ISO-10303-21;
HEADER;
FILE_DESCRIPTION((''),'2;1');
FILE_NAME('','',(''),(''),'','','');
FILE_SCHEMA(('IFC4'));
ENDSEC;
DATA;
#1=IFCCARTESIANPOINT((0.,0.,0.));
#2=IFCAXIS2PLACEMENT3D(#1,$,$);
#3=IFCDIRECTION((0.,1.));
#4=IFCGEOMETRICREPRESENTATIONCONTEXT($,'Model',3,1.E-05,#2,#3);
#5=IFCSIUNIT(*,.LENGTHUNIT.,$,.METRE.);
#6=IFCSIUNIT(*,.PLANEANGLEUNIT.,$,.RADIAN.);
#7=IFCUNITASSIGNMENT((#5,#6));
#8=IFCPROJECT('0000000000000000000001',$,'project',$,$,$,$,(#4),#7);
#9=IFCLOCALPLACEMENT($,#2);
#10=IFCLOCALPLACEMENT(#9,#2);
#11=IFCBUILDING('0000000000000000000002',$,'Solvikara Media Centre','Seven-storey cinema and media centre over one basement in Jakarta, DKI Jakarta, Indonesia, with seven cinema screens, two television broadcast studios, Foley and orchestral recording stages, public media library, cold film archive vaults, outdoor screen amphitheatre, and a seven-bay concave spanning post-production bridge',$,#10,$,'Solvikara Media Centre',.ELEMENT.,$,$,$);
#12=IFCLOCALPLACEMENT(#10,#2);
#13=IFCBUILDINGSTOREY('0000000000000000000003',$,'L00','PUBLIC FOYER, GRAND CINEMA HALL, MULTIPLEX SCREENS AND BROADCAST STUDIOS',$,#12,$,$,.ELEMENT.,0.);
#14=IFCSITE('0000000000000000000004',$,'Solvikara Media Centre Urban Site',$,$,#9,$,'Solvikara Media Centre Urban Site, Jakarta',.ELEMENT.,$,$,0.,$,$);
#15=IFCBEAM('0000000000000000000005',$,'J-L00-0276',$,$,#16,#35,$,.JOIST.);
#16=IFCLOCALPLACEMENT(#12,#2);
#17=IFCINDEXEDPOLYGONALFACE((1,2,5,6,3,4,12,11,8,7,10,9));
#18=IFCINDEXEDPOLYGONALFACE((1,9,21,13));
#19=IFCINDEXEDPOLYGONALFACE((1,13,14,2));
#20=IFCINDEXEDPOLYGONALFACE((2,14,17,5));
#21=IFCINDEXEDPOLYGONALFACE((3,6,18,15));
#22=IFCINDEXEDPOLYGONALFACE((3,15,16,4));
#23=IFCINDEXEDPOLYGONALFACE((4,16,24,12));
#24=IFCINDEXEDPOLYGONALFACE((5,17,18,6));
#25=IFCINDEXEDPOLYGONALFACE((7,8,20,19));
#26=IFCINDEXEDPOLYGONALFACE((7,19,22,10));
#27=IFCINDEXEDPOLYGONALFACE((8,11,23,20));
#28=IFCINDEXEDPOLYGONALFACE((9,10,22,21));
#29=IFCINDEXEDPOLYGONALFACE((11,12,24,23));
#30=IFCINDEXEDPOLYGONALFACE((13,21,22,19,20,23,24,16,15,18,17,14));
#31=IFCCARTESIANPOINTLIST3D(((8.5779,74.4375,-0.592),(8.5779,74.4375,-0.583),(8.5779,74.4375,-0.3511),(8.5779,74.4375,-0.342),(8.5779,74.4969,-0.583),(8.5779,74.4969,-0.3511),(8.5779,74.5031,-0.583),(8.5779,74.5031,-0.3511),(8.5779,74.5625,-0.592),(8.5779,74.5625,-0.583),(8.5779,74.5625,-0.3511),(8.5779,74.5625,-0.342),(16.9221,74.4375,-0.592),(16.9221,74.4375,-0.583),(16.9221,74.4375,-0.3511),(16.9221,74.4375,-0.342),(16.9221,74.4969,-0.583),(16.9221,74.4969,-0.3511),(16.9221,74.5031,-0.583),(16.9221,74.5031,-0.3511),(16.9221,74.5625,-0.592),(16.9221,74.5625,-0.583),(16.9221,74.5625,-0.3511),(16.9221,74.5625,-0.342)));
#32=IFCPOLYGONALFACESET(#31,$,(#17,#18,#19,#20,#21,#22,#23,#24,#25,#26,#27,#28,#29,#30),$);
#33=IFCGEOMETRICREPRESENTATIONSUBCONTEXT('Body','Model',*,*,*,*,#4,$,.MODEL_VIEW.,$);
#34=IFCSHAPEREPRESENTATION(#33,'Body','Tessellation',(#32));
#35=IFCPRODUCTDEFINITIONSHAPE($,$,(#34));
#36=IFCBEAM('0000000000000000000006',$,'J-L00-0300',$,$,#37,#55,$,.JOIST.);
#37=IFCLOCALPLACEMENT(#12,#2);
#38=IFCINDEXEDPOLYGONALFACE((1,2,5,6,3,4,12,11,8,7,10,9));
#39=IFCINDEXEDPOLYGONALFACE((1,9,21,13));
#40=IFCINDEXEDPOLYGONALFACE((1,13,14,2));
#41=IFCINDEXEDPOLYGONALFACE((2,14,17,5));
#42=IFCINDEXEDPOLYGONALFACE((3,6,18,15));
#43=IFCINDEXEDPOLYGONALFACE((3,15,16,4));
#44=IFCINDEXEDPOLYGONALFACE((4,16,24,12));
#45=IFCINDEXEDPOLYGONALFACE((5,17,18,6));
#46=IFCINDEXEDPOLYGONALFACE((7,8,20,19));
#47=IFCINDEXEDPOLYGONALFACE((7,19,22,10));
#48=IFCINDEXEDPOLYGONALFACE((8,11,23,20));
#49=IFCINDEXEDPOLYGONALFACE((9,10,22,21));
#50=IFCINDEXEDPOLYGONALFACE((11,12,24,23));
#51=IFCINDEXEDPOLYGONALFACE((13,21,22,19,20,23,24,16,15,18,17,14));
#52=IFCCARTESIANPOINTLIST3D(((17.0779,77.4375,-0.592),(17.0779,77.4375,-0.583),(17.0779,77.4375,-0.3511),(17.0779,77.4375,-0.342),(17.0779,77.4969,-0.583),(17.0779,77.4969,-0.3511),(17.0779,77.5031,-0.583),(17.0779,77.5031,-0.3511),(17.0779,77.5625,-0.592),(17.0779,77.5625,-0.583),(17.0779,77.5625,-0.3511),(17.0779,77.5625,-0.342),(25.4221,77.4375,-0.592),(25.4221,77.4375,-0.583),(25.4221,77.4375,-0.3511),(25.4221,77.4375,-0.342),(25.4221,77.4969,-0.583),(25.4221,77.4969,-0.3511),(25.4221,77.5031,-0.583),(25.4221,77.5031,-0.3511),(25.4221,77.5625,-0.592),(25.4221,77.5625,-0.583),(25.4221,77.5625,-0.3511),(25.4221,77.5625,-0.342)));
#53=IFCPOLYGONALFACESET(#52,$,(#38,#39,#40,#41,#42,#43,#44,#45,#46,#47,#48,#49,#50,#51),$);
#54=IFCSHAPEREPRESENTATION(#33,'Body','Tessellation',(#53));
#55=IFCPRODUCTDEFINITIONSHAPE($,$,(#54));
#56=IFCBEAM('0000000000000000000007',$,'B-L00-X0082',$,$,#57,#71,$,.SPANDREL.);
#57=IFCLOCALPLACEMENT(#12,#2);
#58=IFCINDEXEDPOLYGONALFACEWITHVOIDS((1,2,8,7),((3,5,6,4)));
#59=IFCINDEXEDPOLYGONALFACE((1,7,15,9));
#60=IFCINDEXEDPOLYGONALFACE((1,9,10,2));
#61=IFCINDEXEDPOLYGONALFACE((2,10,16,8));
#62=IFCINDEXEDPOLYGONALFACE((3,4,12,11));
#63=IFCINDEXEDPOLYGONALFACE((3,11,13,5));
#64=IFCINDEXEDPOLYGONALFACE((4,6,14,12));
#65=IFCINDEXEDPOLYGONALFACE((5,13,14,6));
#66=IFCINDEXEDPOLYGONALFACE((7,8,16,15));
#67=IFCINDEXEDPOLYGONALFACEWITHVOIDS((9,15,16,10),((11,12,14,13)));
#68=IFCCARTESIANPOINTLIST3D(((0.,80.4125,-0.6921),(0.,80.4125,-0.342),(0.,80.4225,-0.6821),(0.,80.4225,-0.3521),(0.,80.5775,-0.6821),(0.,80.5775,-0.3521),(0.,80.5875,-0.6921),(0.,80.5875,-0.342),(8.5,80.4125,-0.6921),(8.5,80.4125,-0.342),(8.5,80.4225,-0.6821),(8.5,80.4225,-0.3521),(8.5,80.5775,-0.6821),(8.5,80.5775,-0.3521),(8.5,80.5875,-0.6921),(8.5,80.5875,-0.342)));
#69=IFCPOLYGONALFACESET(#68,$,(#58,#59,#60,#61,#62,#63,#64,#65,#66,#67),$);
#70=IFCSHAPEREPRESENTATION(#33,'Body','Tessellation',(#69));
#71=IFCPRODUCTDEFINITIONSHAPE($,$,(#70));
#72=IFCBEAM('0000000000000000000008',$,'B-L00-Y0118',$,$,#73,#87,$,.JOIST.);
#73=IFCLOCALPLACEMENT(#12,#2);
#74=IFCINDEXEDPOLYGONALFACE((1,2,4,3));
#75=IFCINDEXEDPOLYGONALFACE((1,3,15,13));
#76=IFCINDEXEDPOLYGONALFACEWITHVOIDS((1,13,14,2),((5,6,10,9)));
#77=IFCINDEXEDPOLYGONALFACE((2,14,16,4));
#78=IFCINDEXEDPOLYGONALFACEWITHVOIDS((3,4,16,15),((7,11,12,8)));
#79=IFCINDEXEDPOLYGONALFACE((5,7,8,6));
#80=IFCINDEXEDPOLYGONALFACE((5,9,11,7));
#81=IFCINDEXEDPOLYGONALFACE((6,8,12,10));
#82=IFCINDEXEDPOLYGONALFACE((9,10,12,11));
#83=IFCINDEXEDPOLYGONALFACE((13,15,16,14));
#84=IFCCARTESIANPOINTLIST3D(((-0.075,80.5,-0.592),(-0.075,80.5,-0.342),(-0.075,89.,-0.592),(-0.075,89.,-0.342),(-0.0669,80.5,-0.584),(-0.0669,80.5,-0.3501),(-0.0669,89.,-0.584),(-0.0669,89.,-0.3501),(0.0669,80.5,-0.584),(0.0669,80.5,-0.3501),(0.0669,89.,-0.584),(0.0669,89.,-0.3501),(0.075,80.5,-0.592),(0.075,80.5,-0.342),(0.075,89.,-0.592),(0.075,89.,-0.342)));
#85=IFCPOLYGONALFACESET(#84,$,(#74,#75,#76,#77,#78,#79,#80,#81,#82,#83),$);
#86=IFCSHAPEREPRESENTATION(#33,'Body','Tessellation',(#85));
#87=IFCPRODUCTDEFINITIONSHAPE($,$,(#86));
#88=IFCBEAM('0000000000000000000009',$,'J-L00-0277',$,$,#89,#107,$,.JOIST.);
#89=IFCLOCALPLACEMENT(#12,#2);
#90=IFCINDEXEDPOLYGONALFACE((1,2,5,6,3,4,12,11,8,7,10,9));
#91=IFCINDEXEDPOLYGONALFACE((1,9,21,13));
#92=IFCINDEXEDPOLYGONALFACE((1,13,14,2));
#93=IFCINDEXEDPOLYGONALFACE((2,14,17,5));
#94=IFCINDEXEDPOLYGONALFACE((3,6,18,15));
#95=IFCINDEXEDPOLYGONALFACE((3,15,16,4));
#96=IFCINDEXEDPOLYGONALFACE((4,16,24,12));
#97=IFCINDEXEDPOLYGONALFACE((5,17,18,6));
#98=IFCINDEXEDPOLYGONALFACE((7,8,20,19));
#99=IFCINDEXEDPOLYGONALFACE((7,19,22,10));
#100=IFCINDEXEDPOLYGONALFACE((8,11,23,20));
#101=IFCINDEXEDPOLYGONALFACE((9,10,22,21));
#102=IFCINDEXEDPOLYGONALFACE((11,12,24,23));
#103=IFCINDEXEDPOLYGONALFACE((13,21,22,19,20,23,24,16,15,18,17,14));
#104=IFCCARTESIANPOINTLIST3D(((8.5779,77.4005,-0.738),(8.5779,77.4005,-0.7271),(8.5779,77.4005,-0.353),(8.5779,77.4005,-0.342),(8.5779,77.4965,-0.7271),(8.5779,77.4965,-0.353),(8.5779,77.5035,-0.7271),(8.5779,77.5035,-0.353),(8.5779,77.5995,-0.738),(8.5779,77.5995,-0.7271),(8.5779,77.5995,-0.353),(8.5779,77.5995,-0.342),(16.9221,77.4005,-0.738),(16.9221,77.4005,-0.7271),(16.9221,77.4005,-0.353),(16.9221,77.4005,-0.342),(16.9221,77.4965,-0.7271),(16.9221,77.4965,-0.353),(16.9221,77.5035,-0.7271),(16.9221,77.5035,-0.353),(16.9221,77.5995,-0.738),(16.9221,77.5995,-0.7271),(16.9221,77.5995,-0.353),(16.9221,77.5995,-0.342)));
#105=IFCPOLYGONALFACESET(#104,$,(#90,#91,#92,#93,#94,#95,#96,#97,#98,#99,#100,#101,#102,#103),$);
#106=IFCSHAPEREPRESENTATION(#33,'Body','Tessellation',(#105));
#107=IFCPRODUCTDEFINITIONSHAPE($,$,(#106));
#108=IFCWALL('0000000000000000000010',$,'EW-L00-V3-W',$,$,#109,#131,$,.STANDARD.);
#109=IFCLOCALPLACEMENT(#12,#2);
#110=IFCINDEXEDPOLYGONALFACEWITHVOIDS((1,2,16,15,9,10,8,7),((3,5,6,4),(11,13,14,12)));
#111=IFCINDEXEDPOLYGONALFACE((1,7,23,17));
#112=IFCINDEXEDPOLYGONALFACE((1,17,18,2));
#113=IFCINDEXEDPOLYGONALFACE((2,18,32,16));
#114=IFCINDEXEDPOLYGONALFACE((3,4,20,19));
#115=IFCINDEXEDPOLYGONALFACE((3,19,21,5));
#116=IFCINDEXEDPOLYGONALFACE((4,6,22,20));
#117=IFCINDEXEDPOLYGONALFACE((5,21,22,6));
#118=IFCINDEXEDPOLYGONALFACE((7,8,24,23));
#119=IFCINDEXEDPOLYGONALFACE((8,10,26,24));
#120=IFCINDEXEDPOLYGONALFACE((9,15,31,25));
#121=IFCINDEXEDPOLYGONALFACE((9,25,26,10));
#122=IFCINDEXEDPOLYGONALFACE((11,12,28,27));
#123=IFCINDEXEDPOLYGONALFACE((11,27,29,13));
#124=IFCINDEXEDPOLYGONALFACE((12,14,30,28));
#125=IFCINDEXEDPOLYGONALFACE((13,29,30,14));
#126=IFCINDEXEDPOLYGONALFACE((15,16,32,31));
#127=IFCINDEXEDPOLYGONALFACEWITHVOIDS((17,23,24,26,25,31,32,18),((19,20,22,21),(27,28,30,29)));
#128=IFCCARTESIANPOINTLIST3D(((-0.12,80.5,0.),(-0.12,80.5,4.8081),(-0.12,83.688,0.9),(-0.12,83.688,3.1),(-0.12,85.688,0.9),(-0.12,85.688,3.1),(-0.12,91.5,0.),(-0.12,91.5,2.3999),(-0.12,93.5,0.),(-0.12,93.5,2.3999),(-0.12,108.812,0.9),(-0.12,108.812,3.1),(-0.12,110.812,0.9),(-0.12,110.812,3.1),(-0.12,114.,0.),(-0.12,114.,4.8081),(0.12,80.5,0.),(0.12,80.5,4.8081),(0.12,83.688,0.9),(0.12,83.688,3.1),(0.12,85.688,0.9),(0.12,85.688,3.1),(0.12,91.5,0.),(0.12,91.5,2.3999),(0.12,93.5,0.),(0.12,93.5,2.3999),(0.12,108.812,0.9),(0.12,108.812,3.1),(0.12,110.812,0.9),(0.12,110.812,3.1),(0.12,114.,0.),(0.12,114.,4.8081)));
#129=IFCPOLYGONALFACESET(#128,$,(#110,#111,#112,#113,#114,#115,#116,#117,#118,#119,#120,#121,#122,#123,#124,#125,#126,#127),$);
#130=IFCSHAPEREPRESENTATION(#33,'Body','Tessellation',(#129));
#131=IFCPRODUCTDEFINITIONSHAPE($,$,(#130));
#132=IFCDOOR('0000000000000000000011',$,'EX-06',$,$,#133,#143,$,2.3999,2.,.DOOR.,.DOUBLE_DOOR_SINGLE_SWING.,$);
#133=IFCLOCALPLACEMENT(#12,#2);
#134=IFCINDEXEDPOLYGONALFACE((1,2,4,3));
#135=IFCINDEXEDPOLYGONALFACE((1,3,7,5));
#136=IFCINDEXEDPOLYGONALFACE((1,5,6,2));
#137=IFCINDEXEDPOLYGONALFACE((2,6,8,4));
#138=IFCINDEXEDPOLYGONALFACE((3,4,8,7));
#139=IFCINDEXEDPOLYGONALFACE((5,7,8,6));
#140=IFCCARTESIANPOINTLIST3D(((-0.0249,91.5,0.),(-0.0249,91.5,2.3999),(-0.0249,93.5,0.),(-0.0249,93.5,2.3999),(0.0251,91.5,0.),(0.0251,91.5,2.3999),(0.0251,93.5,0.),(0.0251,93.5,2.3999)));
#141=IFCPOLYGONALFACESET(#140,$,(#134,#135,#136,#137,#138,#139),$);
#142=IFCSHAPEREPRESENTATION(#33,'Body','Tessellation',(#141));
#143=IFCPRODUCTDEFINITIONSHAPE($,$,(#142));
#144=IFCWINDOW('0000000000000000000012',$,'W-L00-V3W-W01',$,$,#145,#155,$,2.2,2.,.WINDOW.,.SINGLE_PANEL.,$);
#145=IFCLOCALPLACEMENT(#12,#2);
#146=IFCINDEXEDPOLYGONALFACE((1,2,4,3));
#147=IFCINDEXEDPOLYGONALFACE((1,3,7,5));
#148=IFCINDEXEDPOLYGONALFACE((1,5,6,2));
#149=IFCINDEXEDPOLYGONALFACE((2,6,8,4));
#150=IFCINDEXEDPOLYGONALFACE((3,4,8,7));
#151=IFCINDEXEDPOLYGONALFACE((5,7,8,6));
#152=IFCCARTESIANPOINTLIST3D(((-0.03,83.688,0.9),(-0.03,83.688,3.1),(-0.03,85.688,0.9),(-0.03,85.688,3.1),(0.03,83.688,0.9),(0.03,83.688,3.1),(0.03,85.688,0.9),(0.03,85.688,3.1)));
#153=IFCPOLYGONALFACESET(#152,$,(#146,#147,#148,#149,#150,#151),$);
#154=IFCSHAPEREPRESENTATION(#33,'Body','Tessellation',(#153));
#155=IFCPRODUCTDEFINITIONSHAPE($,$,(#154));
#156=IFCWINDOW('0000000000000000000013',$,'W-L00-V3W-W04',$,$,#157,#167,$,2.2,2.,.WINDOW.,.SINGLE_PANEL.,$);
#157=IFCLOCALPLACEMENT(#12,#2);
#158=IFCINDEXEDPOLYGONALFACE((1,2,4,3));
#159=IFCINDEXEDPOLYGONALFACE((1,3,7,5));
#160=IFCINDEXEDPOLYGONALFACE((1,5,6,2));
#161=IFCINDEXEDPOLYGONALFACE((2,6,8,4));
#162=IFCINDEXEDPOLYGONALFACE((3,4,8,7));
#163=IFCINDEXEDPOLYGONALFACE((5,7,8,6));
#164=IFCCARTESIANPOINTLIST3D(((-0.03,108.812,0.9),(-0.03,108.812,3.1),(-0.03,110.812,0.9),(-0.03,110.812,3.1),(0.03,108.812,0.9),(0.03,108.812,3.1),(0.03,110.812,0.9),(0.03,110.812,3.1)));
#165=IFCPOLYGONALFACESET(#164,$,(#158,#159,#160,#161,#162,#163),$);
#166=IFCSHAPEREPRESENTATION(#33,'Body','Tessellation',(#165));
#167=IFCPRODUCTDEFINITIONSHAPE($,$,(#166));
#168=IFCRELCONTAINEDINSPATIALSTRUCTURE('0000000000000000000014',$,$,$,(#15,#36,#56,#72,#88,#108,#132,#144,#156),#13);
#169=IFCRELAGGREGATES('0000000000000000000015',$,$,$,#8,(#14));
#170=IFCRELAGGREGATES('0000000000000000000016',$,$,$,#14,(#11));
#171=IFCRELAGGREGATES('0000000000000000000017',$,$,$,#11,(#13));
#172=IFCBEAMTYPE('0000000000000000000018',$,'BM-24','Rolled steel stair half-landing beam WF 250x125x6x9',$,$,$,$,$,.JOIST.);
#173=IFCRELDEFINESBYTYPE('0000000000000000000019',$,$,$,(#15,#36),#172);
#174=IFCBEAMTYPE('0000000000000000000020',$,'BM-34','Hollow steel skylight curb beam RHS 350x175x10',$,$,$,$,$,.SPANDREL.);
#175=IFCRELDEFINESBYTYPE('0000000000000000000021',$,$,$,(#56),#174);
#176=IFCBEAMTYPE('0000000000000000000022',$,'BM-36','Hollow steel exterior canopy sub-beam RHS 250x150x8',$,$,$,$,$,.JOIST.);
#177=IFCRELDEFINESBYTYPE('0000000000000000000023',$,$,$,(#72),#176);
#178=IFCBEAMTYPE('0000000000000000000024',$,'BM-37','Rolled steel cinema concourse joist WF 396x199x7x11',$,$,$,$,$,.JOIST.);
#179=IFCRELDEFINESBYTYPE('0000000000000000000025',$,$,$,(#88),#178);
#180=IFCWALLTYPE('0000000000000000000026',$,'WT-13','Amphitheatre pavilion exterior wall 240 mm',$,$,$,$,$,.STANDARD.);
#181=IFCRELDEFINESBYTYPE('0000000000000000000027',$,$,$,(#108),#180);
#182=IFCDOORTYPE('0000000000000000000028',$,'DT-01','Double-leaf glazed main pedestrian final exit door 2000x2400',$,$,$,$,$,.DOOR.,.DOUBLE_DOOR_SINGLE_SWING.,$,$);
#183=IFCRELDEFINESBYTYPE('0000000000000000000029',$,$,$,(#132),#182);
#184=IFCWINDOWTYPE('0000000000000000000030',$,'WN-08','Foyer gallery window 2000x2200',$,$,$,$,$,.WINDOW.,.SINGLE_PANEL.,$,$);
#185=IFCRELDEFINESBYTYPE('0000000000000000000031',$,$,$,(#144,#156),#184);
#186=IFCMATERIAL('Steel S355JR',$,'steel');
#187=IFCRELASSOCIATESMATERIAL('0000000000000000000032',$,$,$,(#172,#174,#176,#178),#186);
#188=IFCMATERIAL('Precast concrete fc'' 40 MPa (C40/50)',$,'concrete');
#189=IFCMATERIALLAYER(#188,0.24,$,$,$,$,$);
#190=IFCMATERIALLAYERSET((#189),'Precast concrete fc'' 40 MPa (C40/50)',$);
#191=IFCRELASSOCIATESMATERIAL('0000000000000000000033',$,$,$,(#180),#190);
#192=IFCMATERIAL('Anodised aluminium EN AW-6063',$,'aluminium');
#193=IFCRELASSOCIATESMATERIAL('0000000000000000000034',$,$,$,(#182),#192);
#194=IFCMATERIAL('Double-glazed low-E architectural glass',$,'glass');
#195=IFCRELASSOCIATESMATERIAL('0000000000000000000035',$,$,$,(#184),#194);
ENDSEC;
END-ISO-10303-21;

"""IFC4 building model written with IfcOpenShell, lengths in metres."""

from ifc_helpers import new_model, si_unit, direction, frame, frame_2d, origin, origin_2d, place, context, subcontext, project, spatial, rectangle, hollow_rectangle, i_section, extrude, material, layer, layer_set, material_profile, profile_set, type_object, element, fill, save


model = new_model("IFC4")

# Units and contexts
model_context = context("Model", 3, precision=1e-05, world=origin(), true_north=direction((0.0, 1.0)))
body_context = subcontext(model_context, "Body", "Model", "MODEL_VIEW")
ifc_project = project(units=[si_unit("LENGTHUNIT", "METRE"), si_unit("PLANEANGLEUNIT", "RADIAN")], contexts=[model_context])

# Site, building, storey
site_placement = place(None, origin())
site = spatial("IfcSite", under=ifc_project, at=site_placement, Name="Solvikara Media Centre Urban Site", LongName="Solvikara Media Centre Urban Site, Jakarta", CompositionType="ELEMENT", RefElevation=0.0)
building_placement = place(site_placement, origin())
building = spatial("IfcBuilding", under=site, at=building_placement, Name="Solvikara Media Centre", Description="Seven-storey cinema and media centre over one basement in Jakarta, DKI Jakarta, Indonesia, with seven cinema screens, two television broadcast studios, Foley and orchestral recording stages, public media library, cold film archive vaults, outdoor screen amphitheatre, and a seven-bay concave spanning post-production bridge", LongName="Solvikara Media Centre", CompositionType="ELEMENT")
storey_placement = place(building_placement, origin())
storey = spatial("IfcBuildingStorey", under=building, at=storey_placement, Name="L00", Description="PUBLIC FOYER, GRAND CINEMA HALL, MULTIPLEX SCREENS AND BROADCAST STUDIOS", CompositionType="ELEMENT", Elevation=0.0)

# Beams
ifc_material_1 = material(Name="Steel S355JR", Category="steel")
ifc_material_profile_1 = material_profile(ifc_material_1, i_section(OverallWidth=0.125, OverallDepth=0.25, WebThickness=0.0061, FlangeThickness=0.009, at=origin_2d()), Name="WF 250x125x6x9")
ifc_profile_set_1 = profile_set([ifc_material_profile_1], Name="Steel S355JR")
beam_type_1 = type_object("IfcBeamType", Name="BM-24", Description="Rolled steel stair half-landing beam WF 250x125x6x9", PredefinedType="JOIST", material=ifc_profile_set_1)
for number, where, z_axis, x_axis, name in (
    (1, (8.5779, 74.5, -0.467), (1.0, 0.0, 0.0), (0.0, 1.0, 0.0), "J-L00-0276"),
    (2, (17.0779, 77.5, -0.467), (1.0, 0.0, 0.0), (0.0, 1.0, 0.0), "J-L00-0300"),
):
    element("IfcBeam", number, at=place(storey_placement, frame(where, z_axis=z_axis, x_axis=x_axis)), inside=storey, type_object=beam_type_1, Name=name, PredefinedType="JOIST", context=body_context, shape_type="SweptSolid", body=[
        extrude(i_section(OverallWidth=0.125, OverallDepth=0.25, WebThickness=0.0061, FlangeThickness=0.009, at=origin_2d()), origin(), (0.0, 0.0, 1.0), 8.3442),
    ])
ifc_material_profile_2 = material_profile(ifc_material_1, hollow_rectangle(XDim=0.175, YDim=0.3501, WallThickness=0.01, at=origin_2d()), Name="RHS 350x175x10")
ifc_profile_set_2 = profile_set([ifc_material_profile_2], Name="Steel S355JR")
beam_type_2 = type_object("IfcBeamType", Name="BM-34", Description="Hollow steel skylight curb beam RHS 350x175x10", PredefinedType="SPANDREL", material=ifc_profile_set_2)
beam_1_placement = place(storey_placement, frame((0.0, 80.5, -0.5171), z_axis=(1.0, 0.0, 0.0), x_axis=(0.0, 1.0, 0.0)))
element("IfcBeam", 3, at=beam_1_placement, inside=storey, type_object=beam_type_2, Name="B-L00-X0082", PredefinedType="SPANDREL", context=body_context, shape_type="SweptSolid", body=[
    extrude(hollow_rectangle(XDim=0.175, YDim=0.3501, WallThickness=0.01, at=origin_2d()), origin(), (0.0, 0.0, 1.0), 8.5),
])
ifc_material_profile_3 = material_profile(ifc_material_1, hollow_rectangle(XDim=0.1499, YDim=0.25, WallThickness=0.0081, at=origin_2d()), Name="RHS 250x150x8")
ifc_profile_set_3 = profile_set([ifc_material_profile_3], Name="Steel S355JR")
beam_type_3 = type_object("IfcBeamType", Name="BM-36", Description="Hollow steel exterior canopy sub-beam RHS 250x150x8", PredefinedType="JOIST", material=ifc_profile_set_3)
beam_2_placement = place(storey_placement, frame((0.0, 80.5, -0.467), z_axis=(0.0, 1.0, 0.0), x_axis=(-1.0, 0.0, 0.0)))
element("IfcBeam", 4, at=beam_2_placement, inside=storey, type_object=beam_type_3, Name="B-L00-Y0118", PredefinedType="JOIST", context=body_context, shape_type="SweptSolid", body=[
    extrude(hollow_rectangle(XDim=0.1499, YDim=0.25, WallThickness=0.0081, at=origin_2d()), origin(), (0.0, 0.0, 1.0), 8.5),
])
ifc_material_profile_4 = material_profile(ifc_material_1, i_section(OverallWidth=0.199, OverallDepth=0.396, WebThickness=0.0071, FlangeThickness=0.011, at=origin_2d()), Name="WF 396x199x7x11")
ifc_profile_set_4 = profile_set([ifc_material_profile_4], Name="Steel S355JR")
beam_type_4 = type_object("IfcBeamType", Name="BM-37", Description="Rolled steel cinema concourse joist WF 396x199x7x11", PredefinedType="JOIST", material=ifc_profile_set_4)
beam_3_placement = place(storey_placement, frame((8.5779, 77.5, -0.54), z_axis=(1.0, 0.0, 0.0), x_axis=(0.0, 1.0, 0.0)))
element("IfcBeam", 5, at=beam_3_placement, inside=storey, type_object=beam_type_4, Name="J-L00-0277", PredefinedType="JOIST", context=body_context, shape_type="SweptSolid", body=[
    extrude(i_section(OverallWidth=0.199, OverallDepth=0.396, WebThickness=0.0071, FlangeThickness=0.011, at=origin_2d()), origin(), (0.0, 0.0, 1.0), 8.3442),
])

# Wall, openings, door, windows
ifc_material_2 = material(Name="Precast concrete fc' 40 MPa (C40/50)", Category="concrete")
ifc_layer_1 = layer(ifc_material_2, 0.24)
ifc_layer_set_1 = layer_set([ifc_layer_1], Name="Precast concrete fc' 40 MPa (C40/50)")
wall_type = type_object("IfcWallType", Name="WT-13", Description="Amphitheatre pavilion exterior wall 240 mm", PredefinedType="STANDARD", material=ifc_layer_set_1)
wall_placement = place(storey_placement, frame((0.0, 80.5, 0.0), z_axis=(0.0, 0.0, 1.0), x_axis=(0.0, 1.0, 0.0)))
wall = element("IfcWall", 6, at=wall_placement, inside=storey, type_object=wall_type, Name="EW-L00-V3-W", PredefinedType="STANDARD", context=body_context, shape_type="SweptSolid", body=[
    extrude(rectangle(XDim=33.5, YDim=0.24, at=frame_2d((16.75, 0.0))), origin(), (0.0, 0.0, 1.0), 4.8081),
])
opening_1_placement = place(wall_placement, frame((11.0, 0.0, 0.0)))
opening_1 = element("IfcOpeningElement", 7, at=opening_1_placement, cuts=wall, PredefinedType="OPENING", context=body_context, shape_type="SweptSolid", body=[
    extrude(rectangle(XDim=2.0, YDim=2.3999, at=frame_2d((1.0, 1.2))), frame((0.0, 0.1318, 0.0), z_axis=(0.0, -1.0, 0.0), x_axis=(1.0, 0.0, 0.0)), (0.0, 0.0, 1.0), 0.2639),
])
opening_2_placement = place(wall_placement, frame((3.188, 0.0, 0.8999)))
opening_2 = element("IfcOpeningElement", 8, at=opening_2_placement, cuts=wall, PredefinedType="OPENING", context=body_context, shape_type="SweptSolid", body=[
    extrude(rectangle(XDim=2.0, YDim=2.2, at=frame_2d((1.0, 1.1001))), frame((0.0, 0.1318, 0.0), z_axis=(0.0, -1.0, 0.0), x_axis=(1.0, 0.0, 0.0)), (0.0, 0.0, 1.0), 0.2639),
])
opening_3_placement = place(wall_placement, frame((28.312, 0.0, 0.8999)))
opening_3 = element("IfcOpeningElement", 9, at=opening_3_placement, cuts=wall, PredefinedType="OPENING", context=body_context, shape_type="SweptSolid", body=[
    extrude(rectangle(XDim=2.0, YDim=2.2, at=frame_2d((1.0, 1.1001))), frame((0.0, 0.1318, 0.0), z_axis=(0.0, -1.0, 0.0), x_axis=(1.0, 0.0, 0.0)), (0.0, 0.0, 1.0), 0.2639),
])
ifc_material_3 = material(Name="Anodised aluminium EN AW-6063", Category="aluminium")
door_type = type_object("IfcDoorType", Name="DT-01", Description="Double-leaf glazed main pedestrian final exit door 2000x2400", OperationType="DOUBLE_DOOR_SINGLE_SWING", PredefinedType="DOOR", material=ifc_material_3)
door_placement = place(opening_1_placement, origin())
door = element("IfcDoor", 10, at=door_placement, inside=storey, type_object=door_type, Name="EX-06", OperationType="DOUBLE_DOOR_SINGLE_SWING", OverallHeight=2.3999, OverallWidth=2.0, PredefinedType="DOOR", context=body_context, shape_type="SweptSolid", body=[
    extrude(rectangle(XDim=2.0, YDim=2.3999, at=frame_2d((1.0, 1.2))), frame((0.0, 0.0249, 0.0), z_axis=(0.0, -1.0, 0.0), x_axis=(1.0, 0.0, 0.0)), (0.0, 0.0, 1.0), 0.05),
])
fill(opening_1, door)
ifc_material_4 = material(Name="Double-glazed low-E architectural glass", Category="glass")
window_type = type_object("IfcWindowType", Name="WN-08", Description="Foyer gallery window 2000x2200", PartitioningType="SINGLE_PANEL", PredefinedType="WINDOW", material=ifc_material_4)
window_1_placement = place(opening_2_placement, origin())
window_1 = element("IfcWindow", 11, at=window_1_placement, inside=storey, type_object=window_type, Name="W-L00-V3W-W01", OverallHeight=2.2, OverallWidth=2.0, PartitioningType="SINGLE_PANEL", PredefinedType="WINDOW", context=body_context, shape_type="SweptSolid", body=[
    extrude(rectangle(XDim=2.0, YDim=2.2, at=frame_2d((1.0, 1.1001))), frame((0.0, 0.03, 0.0), z_axis=(0.0, -1.0, 0.0), x_axis=(1.0, 0.0, 0.0)), (0.0, 0.0, 1.0), 0.0601),
])
fill(opening_2, window_1)
window_2_placement = place(opening_3_placement, origin())
window_2 = element("IfcWindow", 12, at=window_2_placement, inside=storey, type_object=window_type, Name="W-L00-V3W-W04", OverallHeight=2.2, OverallWidth=2.0, PartitioningType="SINGLE_PANEL", PredefinedType="WINDOW", context=body_context, shape_type="SweptSolid", body=[
    extrude(rectangle(XDim=2.0, YDim=2.2, at=frame_2d((1.0, 1.1001))), frame((0.0, 0.03, 0.0), z_axis=(0.0, -1.0, 0.0), x_axis=(1.0, 0.0, 0.0)), (0.0, 0.0, 1.0), 0.0601),
])
fill(opening_3, window_2)

save(model, "model.ifc")
